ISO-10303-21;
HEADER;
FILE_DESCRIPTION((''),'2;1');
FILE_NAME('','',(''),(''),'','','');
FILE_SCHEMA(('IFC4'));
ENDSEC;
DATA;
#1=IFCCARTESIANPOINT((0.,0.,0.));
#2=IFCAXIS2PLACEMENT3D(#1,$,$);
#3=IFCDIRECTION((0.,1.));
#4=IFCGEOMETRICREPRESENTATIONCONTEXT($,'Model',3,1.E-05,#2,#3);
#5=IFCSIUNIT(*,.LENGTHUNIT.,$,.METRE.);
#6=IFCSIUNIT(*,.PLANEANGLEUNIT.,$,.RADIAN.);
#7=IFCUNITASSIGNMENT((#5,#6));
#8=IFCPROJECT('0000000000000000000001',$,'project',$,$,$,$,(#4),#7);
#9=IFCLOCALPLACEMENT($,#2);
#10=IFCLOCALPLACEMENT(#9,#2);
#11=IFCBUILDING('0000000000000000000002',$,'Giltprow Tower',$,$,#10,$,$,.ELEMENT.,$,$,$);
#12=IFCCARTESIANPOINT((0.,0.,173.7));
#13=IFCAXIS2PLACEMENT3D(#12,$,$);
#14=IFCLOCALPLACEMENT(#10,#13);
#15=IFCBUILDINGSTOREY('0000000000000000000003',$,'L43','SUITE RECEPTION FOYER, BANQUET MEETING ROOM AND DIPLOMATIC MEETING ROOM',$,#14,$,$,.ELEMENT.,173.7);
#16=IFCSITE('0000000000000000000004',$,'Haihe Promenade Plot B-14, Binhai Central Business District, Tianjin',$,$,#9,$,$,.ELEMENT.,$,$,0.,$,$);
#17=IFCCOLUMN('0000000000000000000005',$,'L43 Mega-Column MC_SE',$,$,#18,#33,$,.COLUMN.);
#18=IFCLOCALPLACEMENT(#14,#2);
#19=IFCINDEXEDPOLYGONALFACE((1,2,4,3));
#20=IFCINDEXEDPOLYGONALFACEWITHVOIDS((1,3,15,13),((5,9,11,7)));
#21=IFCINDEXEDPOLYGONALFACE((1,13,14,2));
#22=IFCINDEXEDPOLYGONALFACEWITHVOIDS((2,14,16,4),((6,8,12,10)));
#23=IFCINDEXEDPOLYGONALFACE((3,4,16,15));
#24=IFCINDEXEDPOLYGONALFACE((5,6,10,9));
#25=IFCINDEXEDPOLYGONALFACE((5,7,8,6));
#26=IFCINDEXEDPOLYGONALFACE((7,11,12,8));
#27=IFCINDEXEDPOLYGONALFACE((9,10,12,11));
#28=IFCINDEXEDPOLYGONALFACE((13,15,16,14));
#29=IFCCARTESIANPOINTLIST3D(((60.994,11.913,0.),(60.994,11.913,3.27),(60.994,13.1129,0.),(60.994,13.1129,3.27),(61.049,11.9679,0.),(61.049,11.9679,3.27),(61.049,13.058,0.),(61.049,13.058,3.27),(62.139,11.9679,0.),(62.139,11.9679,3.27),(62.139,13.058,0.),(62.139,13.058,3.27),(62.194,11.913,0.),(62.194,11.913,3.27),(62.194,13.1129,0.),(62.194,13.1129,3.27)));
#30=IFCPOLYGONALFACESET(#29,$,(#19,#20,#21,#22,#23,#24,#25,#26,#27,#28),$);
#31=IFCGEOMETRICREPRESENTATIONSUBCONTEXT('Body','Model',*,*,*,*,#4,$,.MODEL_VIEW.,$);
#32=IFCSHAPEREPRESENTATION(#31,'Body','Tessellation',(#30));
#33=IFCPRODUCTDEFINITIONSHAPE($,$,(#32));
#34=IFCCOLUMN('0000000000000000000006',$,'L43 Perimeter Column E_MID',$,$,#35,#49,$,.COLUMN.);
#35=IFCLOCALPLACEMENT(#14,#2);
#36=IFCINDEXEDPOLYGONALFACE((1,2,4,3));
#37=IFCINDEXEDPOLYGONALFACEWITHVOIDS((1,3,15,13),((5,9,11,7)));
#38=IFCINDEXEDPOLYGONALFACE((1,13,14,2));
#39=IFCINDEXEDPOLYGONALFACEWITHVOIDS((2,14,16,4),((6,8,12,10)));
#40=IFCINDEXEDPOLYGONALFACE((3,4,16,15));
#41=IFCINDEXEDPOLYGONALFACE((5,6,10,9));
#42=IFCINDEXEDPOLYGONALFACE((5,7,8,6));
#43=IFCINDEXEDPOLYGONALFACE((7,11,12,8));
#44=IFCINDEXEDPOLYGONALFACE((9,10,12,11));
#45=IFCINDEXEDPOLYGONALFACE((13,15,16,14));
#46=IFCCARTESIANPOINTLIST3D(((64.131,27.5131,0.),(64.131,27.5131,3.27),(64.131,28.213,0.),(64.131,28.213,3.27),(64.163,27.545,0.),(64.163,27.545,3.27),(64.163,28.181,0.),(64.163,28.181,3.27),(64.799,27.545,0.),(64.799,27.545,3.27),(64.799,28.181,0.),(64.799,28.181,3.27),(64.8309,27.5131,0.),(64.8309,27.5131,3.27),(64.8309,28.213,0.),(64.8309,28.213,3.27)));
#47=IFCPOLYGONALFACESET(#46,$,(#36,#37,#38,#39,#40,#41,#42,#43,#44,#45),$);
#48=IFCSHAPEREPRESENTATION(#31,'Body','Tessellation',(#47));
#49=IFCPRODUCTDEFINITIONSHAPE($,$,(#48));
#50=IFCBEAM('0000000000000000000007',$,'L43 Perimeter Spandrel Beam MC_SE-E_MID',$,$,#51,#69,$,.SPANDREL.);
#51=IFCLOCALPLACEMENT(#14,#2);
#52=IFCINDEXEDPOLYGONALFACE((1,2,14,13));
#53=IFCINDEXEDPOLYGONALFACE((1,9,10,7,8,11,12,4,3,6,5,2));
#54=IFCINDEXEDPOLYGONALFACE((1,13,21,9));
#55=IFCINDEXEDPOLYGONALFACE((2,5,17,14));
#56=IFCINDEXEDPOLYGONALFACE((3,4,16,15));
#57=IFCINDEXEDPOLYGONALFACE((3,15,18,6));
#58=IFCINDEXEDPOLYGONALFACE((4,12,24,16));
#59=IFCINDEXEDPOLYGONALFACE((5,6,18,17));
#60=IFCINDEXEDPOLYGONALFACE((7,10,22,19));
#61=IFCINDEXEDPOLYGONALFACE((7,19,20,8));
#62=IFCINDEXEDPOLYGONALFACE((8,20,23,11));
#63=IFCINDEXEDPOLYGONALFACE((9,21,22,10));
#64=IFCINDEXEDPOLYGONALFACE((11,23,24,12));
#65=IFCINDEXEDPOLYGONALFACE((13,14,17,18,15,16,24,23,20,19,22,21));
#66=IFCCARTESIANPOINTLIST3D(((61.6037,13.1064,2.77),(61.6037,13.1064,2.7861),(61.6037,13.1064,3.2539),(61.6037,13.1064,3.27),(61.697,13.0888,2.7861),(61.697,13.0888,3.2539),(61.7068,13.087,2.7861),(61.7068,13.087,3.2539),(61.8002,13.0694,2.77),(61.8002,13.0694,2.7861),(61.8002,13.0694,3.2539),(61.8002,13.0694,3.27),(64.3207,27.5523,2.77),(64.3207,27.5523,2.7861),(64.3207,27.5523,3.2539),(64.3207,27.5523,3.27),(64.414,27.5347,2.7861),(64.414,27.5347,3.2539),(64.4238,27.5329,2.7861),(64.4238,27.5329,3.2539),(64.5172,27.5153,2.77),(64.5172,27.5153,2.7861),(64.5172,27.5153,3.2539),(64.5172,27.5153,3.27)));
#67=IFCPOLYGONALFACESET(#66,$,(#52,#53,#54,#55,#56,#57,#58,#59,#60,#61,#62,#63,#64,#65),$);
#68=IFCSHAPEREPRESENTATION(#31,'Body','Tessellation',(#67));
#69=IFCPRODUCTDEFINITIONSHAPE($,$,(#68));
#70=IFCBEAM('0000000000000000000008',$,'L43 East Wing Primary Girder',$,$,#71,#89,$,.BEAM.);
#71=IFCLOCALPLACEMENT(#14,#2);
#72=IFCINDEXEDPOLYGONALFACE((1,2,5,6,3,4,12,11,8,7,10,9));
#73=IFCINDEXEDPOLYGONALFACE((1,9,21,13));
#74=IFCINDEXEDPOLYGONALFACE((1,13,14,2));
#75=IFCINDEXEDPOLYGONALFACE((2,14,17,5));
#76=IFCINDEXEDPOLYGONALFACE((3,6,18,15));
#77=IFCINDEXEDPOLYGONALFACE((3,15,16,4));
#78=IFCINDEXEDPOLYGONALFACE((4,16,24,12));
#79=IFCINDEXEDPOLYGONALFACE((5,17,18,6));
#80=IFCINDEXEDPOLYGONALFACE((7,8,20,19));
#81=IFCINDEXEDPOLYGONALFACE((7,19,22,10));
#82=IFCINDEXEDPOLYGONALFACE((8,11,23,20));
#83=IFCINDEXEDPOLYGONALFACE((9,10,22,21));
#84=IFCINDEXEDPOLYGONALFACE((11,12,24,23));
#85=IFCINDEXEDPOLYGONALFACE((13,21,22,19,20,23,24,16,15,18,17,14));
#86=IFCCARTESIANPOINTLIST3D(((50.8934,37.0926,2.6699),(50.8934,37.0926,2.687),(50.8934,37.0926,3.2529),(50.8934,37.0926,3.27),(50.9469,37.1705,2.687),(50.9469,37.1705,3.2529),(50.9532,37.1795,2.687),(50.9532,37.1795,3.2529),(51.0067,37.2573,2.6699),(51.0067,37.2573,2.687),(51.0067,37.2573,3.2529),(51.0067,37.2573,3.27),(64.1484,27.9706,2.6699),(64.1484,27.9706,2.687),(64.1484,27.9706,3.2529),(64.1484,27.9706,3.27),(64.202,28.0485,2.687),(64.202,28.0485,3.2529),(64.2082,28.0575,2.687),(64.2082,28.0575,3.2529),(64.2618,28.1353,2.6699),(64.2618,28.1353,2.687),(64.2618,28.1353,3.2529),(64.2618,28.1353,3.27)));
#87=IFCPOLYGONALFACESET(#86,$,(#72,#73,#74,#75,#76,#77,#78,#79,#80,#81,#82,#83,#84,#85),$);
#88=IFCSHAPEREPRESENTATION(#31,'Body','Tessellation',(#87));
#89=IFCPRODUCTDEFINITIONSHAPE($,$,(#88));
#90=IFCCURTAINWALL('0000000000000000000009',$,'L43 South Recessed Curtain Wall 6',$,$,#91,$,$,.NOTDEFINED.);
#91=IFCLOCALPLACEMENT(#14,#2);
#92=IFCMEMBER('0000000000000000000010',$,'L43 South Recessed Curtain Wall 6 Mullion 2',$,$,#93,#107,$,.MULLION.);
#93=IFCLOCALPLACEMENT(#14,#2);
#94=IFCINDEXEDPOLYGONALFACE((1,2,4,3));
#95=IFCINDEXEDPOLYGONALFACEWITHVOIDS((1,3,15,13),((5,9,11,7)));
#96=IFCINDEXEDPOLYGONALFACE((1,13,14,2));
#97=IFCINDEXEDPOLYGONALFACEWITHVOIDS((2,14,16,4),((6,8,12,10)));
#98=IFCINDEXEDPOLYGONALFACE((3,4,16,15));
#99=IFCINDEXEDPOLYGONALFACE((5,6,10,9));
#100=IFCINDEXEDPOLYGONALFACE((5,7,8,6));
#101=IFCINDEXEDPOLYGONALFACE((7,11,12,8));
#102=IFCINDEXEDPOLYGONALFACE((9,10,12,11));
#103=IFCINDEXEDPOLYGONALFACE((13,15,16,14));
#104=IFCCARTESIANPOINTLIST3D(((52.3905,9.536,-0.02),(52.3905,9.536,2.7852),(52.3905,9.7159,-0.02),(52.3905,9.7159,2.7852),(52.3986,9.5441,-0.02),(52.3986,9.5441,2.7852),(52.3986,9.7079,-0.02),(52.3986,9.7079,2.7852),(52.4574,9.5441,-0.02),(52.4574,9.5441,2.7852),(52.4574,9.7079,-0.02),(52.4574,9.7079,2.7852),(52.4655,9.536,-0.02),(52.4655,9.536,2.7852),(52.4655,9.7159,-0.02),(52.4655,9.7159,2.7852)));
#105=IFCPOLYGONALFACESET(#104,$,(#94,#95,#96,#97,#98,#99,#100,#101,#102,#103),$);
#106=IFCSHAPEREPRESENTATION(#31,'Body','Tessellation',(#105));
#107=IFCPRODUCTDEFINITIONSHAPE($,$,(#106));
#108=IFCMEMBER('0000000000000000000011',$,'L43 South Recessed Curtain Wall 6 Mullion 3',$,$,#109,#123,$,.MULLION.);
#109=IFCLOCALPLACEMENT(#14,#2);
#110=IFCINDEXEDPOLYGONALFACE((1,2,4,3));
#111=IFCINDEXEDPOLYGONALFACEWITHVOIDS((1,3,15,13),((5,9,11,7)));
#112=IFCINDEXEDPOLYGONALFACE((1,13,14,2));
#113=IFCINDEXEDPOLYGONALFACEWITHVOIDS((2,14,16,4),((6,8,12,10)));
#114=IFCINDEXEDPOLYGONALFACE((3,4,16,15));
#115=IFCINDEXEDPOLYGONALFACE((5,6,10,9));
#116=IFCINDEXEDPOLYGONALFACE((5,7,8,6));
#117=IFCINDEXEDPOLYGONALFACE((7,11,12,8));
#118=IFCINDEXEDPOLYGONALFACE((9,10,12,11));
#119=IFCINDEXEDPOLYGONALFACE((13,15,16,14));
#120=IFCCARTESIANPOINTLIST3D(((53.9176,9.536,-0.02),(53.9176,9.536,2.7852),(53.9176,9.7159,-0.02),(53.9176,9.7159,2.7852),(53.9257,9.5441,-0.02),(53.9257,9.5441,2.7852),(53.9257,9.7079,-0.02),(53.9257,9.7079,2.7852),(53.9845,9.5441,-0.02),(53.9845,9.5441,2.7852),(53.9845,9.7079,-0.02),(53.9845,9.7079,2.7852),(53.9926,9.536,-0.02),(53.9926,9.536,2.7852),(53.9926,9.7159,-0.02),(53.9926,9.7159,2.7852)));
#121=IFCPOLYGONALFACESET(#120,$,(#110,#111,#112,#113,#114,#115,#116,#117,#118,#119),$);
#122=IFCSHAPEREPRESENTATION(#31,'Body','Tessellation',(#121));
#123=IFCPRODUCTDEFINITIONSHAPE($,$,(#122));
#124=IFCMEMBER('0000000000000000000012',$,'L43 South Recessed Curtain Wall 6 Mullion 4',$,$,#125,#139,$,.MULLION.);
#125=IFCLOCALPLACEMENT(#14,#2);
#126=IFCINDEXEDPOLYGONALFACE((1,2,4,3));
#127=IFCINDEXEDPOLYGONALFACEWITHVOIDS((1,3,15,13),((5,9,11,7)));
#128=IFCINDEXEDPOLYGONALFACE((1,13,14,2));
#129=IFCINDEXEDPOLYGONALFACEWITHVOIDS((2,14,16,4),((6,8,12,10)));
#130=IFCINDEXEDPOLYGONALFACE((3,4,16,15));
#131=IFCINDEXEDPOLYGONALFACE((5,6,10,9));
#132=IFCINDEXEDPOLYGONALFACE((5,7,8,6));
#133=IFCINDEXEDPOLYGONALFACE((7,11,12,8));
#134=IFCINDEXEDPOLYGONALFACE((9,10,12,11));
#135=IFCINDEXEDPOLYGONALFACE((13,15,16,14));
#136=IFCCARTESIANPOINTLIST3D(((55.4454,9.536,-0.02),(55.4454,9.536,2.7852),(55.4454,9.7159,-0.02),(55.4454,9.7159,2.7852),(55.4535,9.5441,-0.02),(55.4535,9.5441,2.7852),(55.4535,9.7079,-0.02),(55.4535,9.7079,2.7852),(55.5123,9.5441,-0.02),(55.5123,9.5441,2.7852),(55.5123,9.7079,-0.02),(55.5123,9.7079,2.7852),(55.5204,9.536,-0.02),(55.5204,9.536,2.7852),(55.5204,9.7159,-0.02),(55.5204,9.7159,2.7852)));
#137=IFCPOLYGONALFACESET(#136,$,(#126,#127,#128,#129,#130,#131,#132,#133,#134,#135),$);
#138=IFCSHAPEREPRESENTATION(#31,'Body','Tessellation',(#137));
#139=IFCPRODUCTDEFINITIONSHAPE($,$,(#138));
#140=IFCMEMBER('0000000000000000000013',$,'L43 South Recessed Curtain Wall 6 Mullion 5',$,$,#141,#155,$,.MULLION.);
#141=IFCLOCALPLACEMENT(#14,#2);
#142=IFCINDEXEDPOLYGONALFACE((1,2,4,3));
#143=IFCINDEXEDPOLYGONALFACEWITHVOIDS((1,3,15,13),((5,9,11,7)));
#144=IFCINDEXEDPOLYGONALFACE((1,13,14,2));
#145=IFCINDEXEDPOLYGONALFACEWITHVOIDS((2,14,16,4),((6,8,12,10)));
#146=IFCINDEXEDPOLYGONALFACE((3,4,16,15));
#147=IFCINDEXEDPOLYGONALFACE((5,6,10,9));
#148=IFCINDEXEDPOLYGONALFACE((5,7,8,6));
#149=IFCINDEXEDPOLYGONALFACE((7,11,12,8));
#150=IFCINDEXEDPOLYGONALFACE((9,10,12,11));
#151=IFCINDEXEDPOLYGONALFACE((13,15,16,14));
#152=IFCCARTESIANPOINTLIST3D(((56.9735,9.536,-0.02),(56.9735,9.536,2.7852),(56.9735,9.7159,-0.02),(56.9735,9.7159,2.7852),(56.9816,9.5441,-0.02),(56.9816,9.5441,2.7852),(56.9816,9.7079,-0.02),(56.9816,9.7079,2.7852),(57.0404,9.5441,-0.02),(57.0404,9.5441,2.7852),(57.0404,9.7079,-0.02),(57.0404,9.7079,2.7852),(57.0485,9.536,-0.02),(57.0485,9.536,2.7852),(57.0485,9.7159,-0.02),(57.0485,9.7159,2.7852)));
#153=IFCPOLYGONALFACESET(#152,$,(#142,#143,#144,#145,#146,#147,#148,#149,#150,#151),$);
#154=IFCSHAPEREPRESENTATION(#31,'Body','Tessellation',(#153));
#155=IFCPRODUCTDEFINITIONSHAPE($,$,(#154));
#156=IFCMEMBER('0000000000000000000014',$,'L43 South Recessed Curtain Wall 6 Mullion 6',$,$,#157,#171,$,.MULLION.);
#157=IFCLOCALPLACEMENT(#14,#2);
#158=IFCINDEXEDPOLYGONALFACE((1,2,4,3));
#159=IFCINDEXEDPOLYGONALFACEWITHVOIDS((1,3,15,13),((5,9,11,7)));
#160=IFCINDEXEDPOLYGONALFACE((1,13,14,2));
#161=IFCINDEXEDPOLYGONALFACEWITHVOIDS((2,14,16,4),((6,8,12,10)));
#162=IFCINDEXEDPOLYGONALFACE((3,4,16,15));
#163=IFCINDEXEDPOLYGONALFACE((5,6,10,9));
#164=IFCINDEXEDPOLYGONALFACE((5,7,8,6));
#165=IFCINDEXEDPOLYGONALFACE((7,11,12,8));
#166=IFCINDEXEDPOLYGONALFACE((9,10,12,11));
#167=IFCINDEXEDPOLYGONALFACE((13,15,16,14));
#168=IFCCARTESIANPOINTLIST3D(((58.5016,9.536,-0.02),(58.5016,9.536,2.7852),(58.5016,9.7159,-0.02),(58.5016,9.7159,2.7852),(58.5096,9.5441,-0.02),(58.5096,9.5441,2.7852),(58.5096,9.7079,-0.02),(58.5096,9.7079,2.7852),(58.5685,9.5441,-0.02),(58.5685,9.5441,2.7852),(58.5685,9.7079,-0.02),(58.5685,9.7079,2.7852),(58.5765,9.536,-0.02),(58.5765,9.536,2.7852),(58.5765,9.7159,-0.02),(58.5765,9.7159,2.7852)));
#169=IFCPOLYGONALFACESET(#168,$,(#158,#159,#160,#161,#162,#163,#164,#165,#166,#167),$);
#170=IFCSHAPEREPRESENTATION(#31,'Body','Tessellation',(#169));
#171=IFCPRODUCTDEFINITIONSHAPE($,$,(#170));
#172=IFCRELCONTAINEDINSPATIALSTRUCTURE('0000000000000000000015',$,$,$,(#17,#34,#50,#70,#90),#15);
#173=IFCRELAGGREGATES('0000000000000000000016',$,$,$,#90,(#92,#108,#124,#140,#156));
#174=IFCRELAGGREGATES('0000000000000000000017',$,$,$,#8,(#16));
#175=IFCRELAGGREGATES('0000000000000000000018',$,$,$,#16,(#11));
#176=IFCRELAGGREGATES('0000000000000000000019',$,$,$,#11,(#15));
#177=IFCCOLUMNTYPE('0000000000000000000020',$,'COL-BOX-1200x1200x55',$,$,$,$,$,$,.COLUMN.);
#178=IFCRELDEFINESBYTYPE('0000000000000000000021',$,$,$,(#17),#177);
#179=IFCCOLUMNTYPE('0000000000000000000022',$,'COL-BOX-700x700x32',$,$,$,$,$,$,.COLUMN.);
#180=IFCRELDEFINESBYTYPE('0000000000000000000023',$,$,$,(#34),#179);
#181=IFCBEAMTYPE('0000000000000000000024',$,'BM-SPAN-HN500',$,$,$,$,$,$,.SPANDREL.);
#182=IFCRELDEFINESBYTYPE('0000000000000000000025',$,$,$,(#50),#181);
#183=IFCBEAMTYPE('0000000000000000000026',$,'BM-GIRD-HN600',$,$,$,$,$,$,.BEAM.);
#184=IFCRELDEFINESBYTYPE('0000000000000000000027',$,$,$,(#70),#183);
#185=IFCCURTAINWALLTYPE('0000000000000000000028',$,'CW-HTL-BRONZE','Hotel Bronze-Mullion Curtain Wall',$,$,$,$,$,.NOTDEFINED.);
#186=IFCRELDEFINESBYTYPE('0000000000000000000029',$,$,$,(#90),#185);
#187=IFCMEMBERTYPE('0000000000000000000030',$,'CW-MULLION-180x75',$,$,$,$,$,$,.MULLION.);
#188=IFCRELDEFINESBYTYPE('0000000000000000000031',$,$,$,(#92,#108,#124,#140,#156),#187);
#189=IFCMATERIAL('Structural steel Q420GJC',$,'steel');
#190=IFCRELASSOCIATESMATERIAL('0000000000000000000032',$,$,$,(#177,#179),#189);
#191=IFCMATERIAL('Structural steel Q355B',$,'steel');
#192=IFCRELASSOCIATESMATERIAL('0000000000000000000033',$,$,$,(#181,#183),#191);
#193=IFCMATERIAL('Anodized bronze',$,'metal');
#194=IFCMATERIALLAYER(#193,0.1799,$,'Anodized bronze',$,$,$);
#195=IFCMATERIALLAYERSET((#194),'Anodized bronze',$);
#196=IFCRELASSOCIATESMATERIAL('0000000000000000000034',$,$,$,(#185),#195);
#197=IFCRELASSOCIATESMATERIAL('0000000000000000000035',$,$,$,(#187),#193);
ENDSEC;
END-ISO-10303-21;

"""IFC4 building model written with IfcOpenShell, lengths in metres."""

from ifc_helpers import new_model, si_unit, direction, frame, origin, origin_2d, place, context, subcontext, project, spatial, hollow_rectangle, i_section, extrude, source, transform, mapped, material, layer, layer_set, material_profile, profile_set, type_object, element, aggregate, save


model = new_model("IFC4")

# Units and contexts
model_context = context("Model", 3, precision=1e-05, world=origin(), true_north=direction((0.0, 1.0)))
body_context = subcontext(model_context, "Body", "Model", "MODEL_VIEW")
ifc_project = project(units=[si_unit("LENGTHUNIT", "METRE"), si_unit("PLANEANGLEUNIT", "RADIAN")], contexts=[model_context])

# Site, building, storey
site_placement = place(None, origin())
site = spatial("IfcSite", under=ifc_project, at=site_placement, Name="Haihe Promenade Plot B-14, Binhai Central Business District, Tianjin", CompositionType="ELEMENT", RefElevation=0.0)
building_placement = place(site_placement, origin())
building = spatial("IfcBuilding", under=site, at=building_placement, Name="Giltprow Tower", CompositionType="ELEMENT")
storey_placement = place(building_placement, frame((0.0, 0.0, 173.7)))
storey = spatial("IfcBuildingStorey", under=building, at=storey_placement, Name="L43", Description="SUITE RECEPTION FOYER, BANQUET MEETING ROOM AND DIPLOMATIC MEETING ROOM", CompositionType="ELEMENT", Elevation=173.7)

# Columns
ifc_material_1 = material(Name="Structural steel Q420GJC", Category="steel")
ifc_material_profile_1 = material_profile(ifc_material_1, hollow_rectangle(XDim=1.2, YDim=1.2, WallThickness=0.0549, at=origin_2d()), Name="BOX 1200x1200x55")
ifc_profile_set_1 = profile_set([ifc_material_profile_1], Name="Structural steel Q420GJC")
column_type_1 = type_object("IfcColumnType", Name="COL-BOX-1200x1200x55", PredefinedType="COLUMN", material=ifc_profile_set_1)
shared_shape_1 = source(origin(), body_context, "Body", "SweptSolid", [
    extrude(hollow_rectangle(XDim=1.2, YDim=1.2, WallThickness=0.0549, at=origin_2d()), origin(), (0.0, 0.0, 1.0), 3.27),
])
column_1_placement = place(storey_placement, frame((61.594, 12.5129, 0.0), z_axis=(0.0, 0.0, 1.0), x_axis=(1.0, 0.0, 0.0)))
element("IfcColumn", 1, at=column_1_placement, inside=storey, type_object=column_type_1, Name="L43 Mega-Column MC_SE", PredefinedType="COLUMN", context=body_context, shape_type="MappedRepresentation", body=[
    mapped(shared_shape_1, transform((0.0, 0.0, 0.0), x_axis=(1.0, 0.0, 0.0), y_axis=(0.0, 1.0, 0.0), z_axis=(0.0, 0.0, 1.0), scale=1.0)),
])
ifc_material_profile_2 = material_profile(ifc_material_1, hollow_rectangle(XDim=0.7, YDim=0.7, WallThickness=0.032, at=origin_2d()), Name="BOX 700x700x32")
ifc_profile_set_2 = profile_set([ifc_material_profile_2], Name="Structural steel Q420GJC")
column_type_2 = type_object("IfcColumnType", Name="COL-BOX-700x700x32", PredefinedType="COLUMN", material=ifc_profile_set_2)
shared_shape_2 = source(origin(), body_context, "Body", "SweptSolid", [
    extrude(hollow_rectangle(XDim=0.7, YDim=0.7, WallThickness=0.032, at=origin_2d()), origin(), (0.0, 0.0, 1.0), 3.27),
])
column_2_placement = place(storey_placement, frame((64.481, 27.863, 0.0), z_axis=(0.0, 0.0, 1.0), x_axis=(1.0, 0.0, 0.0)))
element("IfcColumn", 2, at=column_2_placement, inside=storey, type_object=column_type_2, Name="L43 Perimeter Column E_MID", PredefinedType="COLUMN", context=body_context, shape_type="MappedRepresentation", body=[
    mapped(shared_shape_2, transform((0.0, 0.0, 0.0), x_axis=(1.0, 0.0, 0.0), y_axis=(0.0, 1.0, 0.0), z_axis=(0.0, 0.0, 1.0), scale=1.0)),
])

# Beams
ifc_material_2 = material(Name="Structural steel Q355B", Category="steel")
ifc_material_profile_3 = material_profile(ifc_material_2, i_section(OverallWidth=0.2, OverallDepth=0.5, WebThickness=0.01, FlangeThickness=0.0161, at=origin_2d()), Name="HN 500x200x10x16")
ifc_profile_set_3 = profile_set([ifc_material_profile_3], Name="Structural steel Q355B")
beam_type_1 = type_object("IfcBeamType", Name="BM-SPAN-HN500", PredefinedType="SPANDREL", material=ifc_profile_set_3)
shared_shape_3 = source(origin(), body_context, "Body", "SweptSolid", [
    extrude(i_section(OverallWidth=0.2, OverallDepth=0.5, WebThickness=0.01, FlangeThickness=0.0161, at=origin_2d()), origin(), (0.0, 0.0, 1.0), 14.6992),
])
beam_1_placement = place(storey_placement, frame((61.7019, 13.0879, 3.02), z_axis=(0.184841, 0.982768, 0.0), x_axis=(-0.982768, 0.184841, 0.0)))
element("IfcBeam", 3, at=beam_1_placement, inside=storey, type_object=beam_type_1, Name="L43 Perimeter Spandrel Beam MC_SE-E_MID", PredefinedType="SPANDREL", context=body_context, shape_type="MappedRepresentation", body=[
    mapped(shared_shape_3, transform((0.0, 0.0, 0.0), x_axis=(1.0, 0.0, 0.0), y_axis=(0.0, 1.0, 0.0), z_axis=(0.0, 0.0, 1.0), scale=1.0)),
])
ifc_material_profile_4 = material_profile(ifc_material_2, i_section(OverallWidth=0.2, OverallDepth=0.6001, WebThickness=0.011, FlangeThickness=0.0171, at=origin_2d()), Name="HN 600x200x11x17")
ifc_profile_set_4 = profile_set([ifc_material_profile_4], Name="Structural steel Q355B")
beam_type_2 = type_object("IfcBeamType", Name="BM-GIRD-HN600", PredefinedType="BEAM", material=ifc_profile_set_4)
shared_shape_4 = source(origin(), body_context, "Body", "SweptSolid", [
    extrude(i_section(OverallWidth=0.2, OverallDepth=0.6001, WebThickness=0.011, FlangeThickness=0.0171, at=origin_2d()), origin(), (0.0, 0.0, 1.0), 16.0906),
])
beam_2_placement = place(storey_placement, frame((64.2051, 28.053, 2.97), z_axis=(-0.823776, 0.566916, 0.0), x_axis=(-0.566916, -0.823776, 0.0)))
element("IfcBeam", 4, at=beam_2_placement, inside=storey, type_object=beam_type_2, Name="L43 East Wing Primary Girder", PredefinedType="BEAM", context=body_context, shape_type="MappedRepresentation", body=[
    mapped(shared_shape_4, transform((0.0, 0.0, 0.0), x_axis=(1.0, 0.0, 0.0), y_axis=(0.0, 1.0, 0.0), z_axis=(0.0, 0.0, 1.0), scale=1.0)),
])

# Curtain wall, members
ifc_material_3 = material(Name="Anodized bronze", Category="metal")
ifc_layer_1 = layer(ifc_material_3, 0.1799, Name="Anodized bronze")
ifc_layer_set_1 = layer_set([ifc_layer_1], Name="Anodized bronze")
curtain_wall_type = type_object("IfcCurtainWallType", Name="CW-HTL-BRONZE", Description="Hotel Bronze-Mullion Curtain Wall", PredefinedType="NOTDEFINED", material=ifc_layer_set_1)
curtain_wall_placement = place(storey_placement, origin())
curtain_wall = element("IfcCurtainWall", 5, at=curtain_wall_placement, inside=storey, type_object=curtain_wall_type, Name="L43 South Recessed Curtain Wall 6", PredefinedType="NOTDEFINED")
ifc_material_profile_5 = material_profile(ifc_material_3, hollow_rectangle(XDim=0.075, YDim=0.1799, WallThickness=0.0081, at=origin_2d()), Name="RHS 180x75x8")
ifc_profile_set_5 = profile_set([ifc_material_profile_5], Name="Anodized bronze")
member_type_1 = type_object("IfcMemberType", Name="CW-MULLION-180x75", PredefinedType="MULLION", material=ifc_profile_set_5)
shared_shape_5 = source(origin(), body_context, "Body", "SweptSolid", [
    extrude(hollow_rectangle(XDim=0.075, YDim=0.1799, WallThickness=0.0081, at=origin_2d()), origin(), (0.0, 0.0, 1.0), 2.8052),
])
member_1_placement = place(storey_placement, frame((52.428, 9.626, -0.02), z_axis=(0.0, 0.0, 1.0), x_axis=(1.0, 0.0, 0.0)))
member_1 = element("IfcMember", 6, at=member_1_placement, type_object=member_type_1, Name="L43 South Recessed Curtain Wall 6 Mullion 2", PredefinedType="MULLION", context=body_context, shape_type="MappedRepresentation", body=[
    mapped(shared_shape_5, transform((0.0, 0.0, 0.0), x_axis=(1.0, 0.0, 0.0), y_axis=(0.0, 1.0, 0.0), z_axis=(0.0, 0.0, 1.0), scale=1.0)),
])
member_2_placement = place(storey_placement, frame((53.9551, 9.626, -0.02), z_axis=(0.0, 0.0, 1.0), x_axis=(1.0, 0.0, 0.0)))
member_2 = element("IfcMember", 7, at=member_2_placement, type_object=member_type_1, Name="L43 South Recessed Curtain Wall 6 Mullion 3", PredefinedType="MULLION", context=body_context, shape_type="MappedRepresentation", body=[
    mapped(shared_shape_5, transform((0.0, 0.0, 0.0), x_axis=(1.0, 0.0, 0.0), y_axis=(0.0, 1.0, 0.0), z_axis=(0.0, 0.0, 1.0), scale=1.0)),
])
member_3_placement = place(storey_placement, frame((55.4829, 9.626, -0.02), z_axis=(0.0, 0.0, 1.0), x_axis=(1.0, 0.0, 0.0)))
member_3 = element("IfcMember", 8, at=member_3_placement, type_object=member_type_1, Name="L43 South Recessed Curtain Wall 6 Mullion 4", PredefinedType="MULLION", context=body_context, shape_type="MappedRepresentation", body=[
    mapped(shared_shape_5, transform((0.0, 0.0, 0.0), x_axis=(1.0, 0.0, 0.0), y_axis=(0.0, 1.0, 0.0), z_axis=(0.0, 0.0, 1.0), scale=1.0)),
])
member_4_placement = place(storey_placement, frame((57.011, 9.626, -0.02), z_axis=(0.0, 0.0, 1.0), x_axis=(1.0, 0.0, 0.0)))
member_4 = element("IfcMember", 9, at=member_4_placement, type_object=member_type_1, Name="L43 South Recessed Curtain Wall 6 Mullion 5", PredefinedType="MULLION", context=body_context, shape_type="MappedRepresentation", body=[
    mapped(shared_shape_5, transform((0.0, 0.0, 0.0), x_axis=(1.0, 0.0, 0.0), y_axis=(0.0, 1.0, 0.0), z_axis=(0.0, 0.0, 1.0), scale=1.0)),
])
member_5_placement = place(storey_placement, frame((58.5391, 9.626, -0.02), z_axis=(0.0, 0.0, 1.0), x_axis=(1.0, 0.0, 0.0)))
member_5 = element("IfcMember", 10, at=member_5_placement, type_object=member_type_1, Name="L43 South Recessed Curtain Wall 6 Mullion 6", PredefinedType="MULLION", context=body_context, shape_type="MappedRepresentation", body=[
    mapped(shared_shape_5, transform((0.0, 0.0, 0.0), x_axis=(1.0, 0.0, 0.0), y_axis=(0.0, 1.0, 0.0), z_axis=(0.0, 0.0, 1.0), scale=1.0)),
])
aggregate(curtain_wall, [member_1, member_2, member_3, member_4, member_5])

save(model, "model.ifc")
